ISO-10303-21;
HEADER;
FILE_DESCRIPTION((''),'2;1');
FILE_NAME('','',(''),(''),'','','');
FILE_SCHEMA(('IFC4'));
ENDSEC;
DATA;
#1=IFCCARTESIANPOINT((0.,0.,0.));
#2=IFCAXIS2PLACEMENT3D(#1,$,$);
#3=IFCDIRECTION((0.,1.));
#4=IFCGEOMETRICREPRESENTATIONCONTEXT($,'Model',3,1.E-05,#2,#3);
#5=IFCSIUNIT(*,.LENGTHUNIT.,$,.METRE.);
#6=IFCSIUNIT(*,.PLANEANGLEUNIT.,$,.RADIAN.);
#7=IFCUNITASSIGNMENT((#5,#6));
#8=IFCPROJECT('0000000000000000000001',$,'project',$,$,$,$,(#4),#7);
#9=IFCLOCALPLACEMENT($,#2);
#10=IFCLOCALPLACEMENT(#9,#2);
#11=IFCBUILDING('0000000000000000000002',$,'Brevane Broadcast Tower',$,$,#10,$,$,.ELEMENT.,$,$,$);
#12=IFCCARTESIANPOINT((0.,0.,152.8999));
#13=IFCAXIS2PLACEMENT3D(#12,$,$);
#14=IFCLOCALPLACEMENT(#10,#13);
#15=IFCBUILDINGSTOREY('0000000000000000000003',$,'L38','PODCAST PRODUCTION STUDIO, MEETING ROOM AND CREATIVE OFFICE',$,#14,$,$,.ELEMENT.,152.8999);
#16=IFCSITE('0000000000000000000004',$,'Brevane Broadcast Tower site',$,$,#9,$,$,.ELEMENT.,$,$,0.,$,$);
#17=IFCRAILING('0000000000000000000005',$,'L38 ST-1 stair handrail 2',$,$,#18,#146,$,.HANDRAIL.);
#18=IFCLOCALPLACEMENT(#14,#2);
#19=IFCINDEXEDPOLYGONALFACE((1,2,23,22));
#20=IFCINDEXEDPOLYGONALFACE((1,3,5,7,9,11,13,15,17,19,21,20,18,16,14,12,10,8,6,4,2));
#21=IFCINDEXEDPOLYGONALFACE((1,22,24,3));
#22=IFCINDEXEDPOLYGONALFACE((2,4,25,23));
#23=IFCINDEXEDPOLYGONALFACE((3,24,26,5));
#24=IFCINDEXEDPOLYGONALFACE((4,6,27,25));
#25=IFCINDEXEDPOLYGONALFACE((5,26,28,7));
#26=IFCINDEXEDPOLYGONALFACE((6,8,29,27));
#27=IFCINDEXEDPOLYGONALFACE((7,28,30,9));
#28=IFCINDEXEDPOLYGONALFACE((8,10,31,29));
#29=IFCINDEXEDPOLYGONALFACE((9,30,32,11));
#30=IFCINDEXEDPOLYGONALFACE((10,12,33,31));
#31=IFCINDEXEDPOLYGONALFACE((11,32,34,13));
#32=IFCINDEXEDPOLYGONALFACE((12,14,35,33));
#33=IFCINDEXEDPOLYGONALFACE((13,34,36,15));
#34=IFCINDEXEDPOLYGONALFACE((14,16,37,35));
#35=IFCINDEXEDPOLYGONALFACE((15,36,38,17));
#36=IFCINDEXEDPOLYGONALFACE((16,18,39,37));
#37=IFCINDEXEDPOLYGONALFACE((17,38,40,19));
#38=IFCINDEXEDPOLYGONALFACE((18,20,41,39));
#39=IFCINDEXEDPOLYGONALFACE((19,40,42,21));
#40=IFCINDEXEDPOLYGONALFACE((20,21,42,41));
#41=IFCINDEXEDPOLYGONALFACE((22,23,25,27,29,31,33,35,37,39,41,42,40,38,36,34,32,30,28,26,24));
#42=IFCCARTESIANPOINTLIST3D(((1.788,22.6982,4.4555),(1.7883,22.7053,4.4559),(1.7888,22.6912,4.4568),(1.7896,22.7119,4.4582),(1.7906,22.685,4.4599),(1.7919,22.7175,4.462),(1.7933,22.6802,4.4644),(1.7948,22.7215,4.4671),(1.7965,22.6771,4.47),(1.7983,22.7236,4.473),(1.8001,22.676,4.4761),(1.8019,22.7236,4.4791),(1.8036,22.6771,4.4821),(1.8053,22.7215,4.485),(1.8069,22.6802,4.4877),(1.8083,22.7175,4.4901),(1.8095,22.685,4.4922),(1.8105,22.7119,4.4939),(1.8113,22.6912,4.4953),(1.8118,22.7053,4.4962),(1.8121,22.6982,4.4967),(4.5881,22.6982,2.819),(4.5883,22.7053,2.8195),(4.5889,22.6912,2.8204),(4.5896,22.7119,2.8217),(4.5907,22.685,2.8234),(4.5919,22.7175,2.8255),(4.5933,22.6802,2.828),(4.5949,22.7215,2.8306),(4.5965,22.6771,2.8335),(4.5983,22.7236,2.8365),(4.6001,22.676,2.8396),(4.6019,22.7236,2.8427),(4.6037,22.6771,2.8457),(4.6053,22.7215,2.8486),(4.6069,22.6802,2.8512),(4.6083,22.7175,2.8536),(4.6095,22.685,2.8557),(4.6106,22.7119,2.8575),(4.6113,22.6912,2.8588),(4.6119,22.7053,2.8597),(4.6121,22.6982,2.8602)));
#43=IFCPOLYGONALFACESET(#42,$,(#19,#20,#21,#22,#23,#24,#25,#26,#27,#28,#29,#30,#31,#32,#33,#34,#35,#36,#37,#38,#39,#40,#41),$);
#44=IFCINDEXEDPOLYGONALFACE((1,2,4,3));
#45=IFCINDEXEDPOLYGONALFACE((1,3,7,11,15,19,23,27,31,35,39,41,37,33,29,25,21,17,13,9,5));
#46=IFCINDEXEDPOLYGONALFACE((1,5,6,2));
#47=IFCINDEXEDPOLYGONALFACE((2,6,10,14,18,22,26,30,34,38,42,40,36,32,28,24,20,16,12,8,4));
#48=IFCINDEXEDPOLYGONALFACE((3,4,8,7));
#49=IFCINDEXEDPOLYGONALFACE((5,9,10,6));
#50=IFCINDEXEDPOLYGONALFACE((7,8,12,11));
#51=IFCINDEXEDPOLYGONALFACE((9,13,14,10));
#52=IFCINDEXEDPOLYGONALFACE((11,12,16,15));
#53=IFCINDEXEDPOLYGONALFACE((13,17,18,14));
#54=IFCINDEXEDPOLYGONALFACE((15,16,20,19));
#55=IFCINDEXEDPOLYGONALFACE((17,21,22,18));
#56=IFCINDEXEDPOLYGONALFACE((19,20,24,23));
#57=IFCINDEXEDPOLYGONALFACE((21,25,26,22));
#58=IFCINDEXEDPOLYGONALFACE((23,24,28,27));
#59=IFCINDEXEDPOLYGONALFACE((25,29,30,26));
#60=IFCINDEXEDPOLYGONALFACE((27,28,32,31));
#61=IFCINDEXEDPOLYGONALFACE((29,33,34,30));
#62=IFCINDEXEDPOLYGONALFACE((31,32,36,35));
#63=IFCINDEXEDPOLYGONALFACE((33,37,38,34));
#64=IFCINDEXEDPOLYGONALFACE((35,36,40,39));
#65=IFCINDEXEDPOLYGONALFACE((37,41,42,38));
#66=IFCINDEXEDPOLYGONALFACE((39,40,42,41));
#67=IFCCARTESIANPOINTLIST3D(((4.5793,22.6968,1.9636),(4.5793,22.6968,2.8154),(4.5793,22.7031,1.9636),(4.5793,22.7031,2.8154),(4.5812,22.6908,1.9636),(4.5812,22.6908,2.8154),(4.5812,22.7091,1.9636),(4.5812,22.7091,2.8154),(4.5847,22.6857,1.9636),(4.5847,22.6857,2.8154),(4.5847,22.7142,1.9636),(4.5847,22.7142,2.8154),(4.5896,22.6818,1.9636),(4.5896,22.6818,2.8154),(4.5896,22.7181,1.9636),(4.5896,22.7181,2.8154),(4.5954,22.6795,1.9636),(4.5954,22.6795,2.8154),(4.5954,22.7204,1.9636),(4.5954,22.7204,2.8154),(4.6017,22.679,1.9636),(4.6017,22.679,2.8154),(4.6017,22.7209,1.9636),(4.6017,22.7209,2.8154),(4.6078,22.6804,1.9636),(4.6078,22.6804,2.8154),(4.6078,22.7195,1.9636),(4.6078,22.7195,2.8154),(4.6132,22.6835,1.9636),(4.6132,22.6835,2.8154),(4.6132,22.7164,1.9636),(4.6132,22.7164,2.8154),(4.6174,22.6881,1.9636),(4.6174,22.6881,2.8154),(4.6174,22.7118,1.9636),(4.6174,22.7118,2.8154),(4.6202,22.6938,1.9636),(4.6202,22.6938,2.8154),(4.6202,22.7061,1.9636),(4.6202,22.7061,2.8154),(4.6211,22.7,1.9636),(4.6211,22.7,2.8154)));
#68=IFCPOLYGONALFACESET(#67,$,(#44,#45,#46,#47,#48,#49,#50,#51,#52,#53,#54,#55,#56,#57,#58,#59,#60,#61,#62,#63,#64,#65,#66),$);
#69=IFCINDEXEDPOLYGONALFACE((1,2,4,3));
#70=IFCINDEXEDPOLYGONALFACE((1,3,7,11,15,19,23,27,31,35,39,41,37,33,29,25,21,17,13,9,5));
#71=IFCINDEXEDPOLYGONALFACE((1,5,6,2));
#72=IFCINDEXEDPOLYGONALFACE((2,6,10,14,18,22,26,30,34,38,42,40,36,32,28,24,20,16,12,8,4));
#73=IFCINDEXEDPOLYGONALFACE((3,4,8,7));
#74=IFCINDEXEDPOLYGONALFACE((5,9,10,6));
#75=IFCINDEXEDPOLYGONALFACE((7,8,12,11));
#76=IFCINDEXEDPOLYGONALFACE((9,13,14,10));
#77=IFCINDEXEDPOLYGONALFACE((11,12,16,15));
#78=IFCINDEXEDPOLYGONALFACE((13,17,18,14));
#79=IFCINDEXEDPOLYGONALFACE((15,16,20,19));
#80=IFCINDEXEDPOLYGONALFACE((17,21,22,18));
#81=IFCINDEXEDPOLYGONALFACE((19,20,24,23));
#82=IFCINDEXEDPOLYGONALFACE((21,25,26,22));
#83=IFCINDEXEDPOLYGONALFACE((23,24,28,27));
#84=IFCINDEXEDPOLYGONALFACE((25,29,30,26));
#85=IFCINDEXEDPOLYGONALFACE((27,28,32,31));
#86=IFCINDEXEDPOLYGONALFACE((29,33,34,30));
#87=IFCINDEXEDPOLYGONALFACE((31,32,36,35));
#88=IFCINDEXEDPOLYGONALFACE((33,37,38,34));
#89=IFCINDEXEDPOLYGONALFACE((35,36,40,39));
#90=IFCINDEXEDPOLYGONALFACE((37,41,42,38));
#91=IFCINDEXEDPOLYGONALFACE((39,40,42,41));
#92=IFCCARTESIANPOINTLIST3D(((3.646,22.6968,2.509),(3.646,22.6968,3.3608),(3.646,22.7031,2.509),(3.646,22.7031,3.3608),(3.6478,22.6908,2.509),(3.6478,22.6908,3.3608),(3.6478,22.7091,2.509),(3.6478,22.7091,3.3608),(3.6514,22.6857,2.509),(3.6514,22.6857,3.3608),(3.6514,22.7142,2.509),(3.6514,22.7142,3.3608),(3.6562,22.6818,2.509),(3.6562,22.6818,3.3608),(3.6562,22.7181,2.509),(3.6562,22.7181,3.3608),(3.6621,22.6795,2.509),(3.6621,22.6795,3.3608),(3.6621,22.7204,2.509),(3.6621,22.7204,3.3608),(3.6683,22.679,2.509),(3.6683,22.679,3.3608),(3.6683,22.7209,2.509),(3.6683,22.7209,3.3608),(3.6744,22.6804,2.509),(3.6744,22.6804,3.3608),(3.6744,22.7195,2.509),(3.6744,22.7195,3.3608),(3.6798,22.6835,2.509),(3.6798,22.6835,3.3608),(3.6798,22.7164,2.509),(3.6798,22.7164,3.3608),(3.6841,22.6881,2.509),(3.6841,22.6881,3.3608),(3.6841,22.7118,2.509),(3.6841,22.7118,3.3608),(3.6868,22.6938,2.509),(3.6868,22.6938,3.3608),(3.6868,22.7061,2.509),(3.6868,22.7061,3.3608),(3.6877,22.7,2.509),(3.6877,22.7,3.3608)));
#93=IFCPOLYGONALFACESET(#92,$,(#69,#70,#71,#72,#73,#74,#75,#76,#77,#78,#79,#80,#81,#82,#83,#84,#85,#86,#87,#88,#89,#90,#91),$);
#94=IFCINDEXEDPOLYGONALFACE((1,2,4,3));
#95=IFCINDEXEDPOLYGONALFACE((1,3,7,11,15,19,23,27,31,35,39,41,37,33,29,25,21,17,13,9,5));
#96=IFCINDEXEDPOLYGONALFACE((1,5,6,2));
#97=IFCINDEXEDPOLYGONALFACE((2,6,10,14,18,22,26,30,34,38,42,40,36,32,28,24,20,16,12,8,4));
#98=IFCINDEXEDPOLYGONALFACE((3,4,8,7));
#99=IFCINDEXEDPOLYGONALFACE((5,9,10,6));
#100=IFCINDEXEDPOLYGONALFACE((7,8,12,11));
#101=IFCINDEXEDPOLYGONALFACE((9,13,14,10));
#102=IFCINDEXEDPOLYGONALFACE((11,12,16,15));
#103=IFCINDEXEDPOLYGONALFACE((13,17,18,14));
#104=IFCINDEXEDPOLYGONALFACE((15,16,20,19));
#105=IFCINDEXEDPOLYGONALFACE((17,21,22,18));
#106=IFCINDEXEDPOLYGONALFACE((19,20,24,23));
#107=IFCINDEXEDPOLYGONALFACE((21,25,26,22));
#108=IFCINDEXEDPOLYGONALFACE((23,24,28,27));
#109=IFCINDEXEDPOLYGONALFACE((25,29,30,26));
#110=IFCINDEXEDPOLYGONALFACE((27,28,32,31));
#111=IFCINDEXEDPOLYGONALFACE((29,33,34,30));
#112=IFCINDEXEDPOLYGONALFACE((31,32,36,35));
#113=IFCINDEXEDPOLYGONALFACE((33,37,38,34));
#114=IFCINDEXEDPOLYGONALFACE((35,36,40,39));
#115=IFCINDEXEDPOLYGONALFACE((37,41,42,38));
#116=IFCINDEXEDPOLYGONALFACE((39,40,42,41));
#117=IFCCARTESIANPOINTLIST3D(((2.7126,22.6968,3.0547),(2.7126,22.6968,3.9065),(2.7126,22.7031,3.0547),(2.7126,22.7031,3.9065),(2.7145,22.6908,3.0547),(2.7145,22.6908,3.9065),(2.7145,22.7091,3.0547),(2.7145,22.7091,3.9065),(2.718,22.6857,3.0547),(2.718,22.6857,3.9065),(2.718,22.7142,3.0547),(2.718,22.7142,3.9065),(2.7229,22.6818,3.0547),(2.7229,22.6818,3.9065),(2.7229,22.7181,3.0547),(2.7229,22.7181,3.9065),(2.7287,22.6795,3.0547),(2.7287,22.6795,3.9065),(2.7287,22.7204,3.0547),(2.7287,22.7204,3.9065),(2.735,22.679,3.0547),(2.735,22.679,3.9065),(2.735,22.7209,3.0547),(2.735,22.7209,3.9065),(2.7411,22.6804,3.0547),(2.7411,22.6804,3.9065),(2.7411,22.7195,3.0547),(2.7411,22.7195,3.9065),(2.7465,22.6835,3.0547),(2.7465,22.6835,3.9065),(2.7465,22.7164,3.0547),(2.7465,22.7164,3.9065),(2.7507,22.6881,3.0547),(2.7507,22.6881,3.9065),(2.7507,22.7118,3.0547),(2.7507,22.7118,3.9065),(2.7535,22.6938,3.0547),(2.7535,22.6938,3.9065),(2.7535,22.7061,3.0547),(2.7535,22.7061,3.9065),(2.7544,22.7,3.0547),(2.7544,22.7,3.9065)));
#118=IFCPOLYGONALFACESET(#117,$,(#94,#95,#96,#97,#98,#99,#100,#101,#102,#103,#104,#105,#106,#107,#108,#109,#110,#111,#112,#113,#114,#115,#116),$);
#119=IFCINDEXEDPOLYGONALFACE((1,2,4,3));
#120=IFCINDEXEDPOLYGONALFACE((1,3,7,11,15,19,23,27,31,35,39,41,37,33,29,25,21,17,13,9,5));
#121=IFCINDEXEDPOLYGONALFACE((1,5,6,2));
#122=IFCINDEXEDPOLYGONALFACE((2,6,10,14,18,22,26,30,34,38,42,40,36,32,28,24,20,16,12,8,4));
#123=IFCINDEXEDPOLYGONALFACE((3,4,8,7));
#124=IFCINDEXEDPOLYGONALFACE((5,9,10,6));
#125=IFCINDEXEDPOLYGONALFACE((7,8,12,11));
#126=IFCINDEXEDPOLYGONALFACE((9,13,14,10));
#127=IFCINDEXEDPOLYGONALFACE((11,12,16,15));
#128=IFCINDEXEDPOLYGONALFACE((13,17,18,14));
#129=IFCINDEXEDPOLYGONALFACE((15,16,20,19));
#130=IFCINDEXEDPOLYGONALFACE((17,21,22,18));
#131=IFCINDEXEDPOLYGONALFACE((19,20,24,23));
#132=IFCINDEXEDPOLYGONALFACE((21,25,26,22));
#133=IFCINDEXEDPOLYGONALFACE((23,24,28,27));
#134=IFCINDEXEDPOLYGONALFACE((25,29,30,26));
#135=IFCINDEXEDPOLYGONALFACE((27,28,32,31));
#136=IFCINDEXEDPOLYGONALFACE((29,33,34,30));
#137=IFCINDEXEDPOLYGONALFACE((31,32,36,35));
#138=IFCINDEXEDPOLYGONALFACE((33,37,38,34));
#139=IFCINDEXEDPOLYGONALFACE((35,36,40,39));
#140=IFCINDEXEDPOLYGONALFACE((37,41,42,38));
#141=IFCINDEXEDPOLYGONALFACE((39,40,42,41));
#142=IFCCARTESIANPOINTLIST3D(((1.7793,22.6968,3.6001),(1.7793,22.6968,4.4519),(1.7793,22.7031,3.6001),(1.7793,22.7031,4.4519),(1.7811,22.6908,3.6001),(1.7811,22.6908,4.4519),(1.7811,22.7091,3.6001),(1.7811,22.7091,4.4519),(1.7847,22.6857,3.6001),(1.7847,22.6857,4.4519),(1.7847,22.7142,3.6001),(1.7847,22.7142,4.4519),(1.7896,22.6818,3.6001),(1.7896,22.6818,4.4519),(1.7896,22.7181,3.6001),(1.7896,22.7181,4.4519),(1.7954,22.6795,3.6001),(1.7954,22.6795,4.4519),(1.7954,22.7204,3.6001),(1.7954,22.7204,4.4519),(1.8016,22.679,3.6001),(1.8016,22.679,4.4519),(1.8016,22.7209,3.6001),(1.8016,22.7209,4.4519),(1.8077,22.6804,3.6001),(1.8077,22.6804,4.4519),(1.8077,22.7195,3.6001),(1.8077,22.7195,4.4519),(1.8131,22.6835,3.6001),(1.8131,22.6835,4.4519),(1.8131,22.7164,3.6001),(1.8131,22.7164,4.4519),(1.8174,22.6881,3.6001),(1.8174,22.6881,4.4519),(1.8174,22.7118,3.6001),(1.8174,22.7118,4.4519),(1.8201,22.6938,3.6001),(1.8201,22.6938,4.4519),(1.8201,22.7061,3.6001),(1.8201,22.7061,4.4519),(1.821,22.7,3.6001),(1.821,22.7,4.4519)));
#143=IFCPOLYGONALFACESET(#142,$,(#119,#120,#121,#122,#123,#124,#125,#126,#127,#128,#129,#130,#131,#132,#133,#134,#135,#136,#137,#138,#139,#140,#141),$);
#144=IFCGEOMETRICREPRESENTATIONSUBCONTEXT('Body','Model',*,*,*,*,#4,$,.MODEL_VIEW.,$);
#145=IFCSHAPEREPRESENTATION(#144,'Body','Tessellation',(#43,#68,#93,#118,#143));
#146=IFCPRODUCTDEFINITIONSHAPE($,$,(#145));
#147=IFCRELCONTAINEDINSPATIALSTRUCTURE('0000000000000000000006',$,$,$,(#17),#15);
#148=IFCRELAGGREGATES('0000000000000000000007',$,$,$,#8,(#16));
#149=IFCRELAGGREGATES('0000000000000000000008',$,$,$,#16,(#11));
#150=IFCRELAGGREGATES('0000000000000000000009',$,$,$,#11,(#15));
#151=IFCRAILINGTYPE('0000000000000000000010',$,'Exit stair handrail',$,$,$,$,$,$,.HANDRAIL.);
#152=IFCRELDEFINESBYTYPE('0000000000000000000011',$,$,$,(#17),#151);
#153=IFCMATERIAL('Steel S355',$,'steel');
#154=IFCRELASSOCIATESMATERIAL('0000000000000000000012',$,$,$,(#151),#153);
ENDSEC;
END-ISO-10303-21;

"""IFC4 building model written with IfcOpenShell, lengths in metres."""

from ifc_helpers import new_model, si_unit, direction, frame, origin, origin_2d, place, context, subcontext, project, spatial, circle, extrude, material, type_object, element, save


model = new_model("IFC4")

# Units and contexts
model_context = context("Model", 3, precision=1e-05, world=origin(), true_north=direction((0.0, 1.0)))
body_context = subcontext(model_context, "Body", "Model", "MODEL_VIEW")
ifc_project = project(units=[si_unit("LENGTHUNIT", "METRE"), si_unit("PLANEANGLEUNIT", "RADIAN")], contexts=[model_context])

# Site, building, storey
site_placement = place(None, origin())
site = spatial("IfcSite", under=ifc_project, at=site_placement, Name="Brevane Broadcast Tower site", CompositionType="ELEMENT", RefElevation=0.0)
building_placement = place(site_placement, origin())
building = spatial("IfcBuilding", under=site, at=building_placement, Name="Brevane Broadcast Tower", CompositionType="ELEMENT")
storey_placement = place(building_placement, frame((0.0, 0.0, 152.8999)))
storey = spatial("IfcBuildingStorey", under=building, at=storey_placement, Name="L38", Description="PODCAST PRODUCTION STUDIO, MEETING ROOM AND CREATIVE OFFICE", CompositionType="ELEMENT", Elevation=152.8999)

# Railing
ifc_material_1 = material(Name="Steel S355", Category="steel")
railing_type_1 = type_object("IfcRailingType", Name="Exit stair handrail", PredefinedType="HANDRAIL", material=ifc_material_1)
railing_1_placement = place(storey_placement, frame((4.6001, 22.7, 1.9636)))
element("IfcRailing", 1, at=railing_1_placement, inside=storey, type_object=railing_type_1, Name="L38 ST-1 stair handrail 2", PredefinedType="HANDRAIL", context=body_context, shape_type="SweptSolid", body=[
    extrude(circle(Radius=0.0239, at=origin_2d()), frame((0.0, 0.0, 0.876), z_axis=(-0.863361, 0.0, 0.504587), x_axis=(0.0, -1.0, 0.0)), (0.0, 0.0, 1.0), 3.2432),
    extrude(circle(Radius=0.021, at=origin_2d()), origin(), (0.0, 0.0, 1.0), 0.8518),
    extrude(circle(Radius=0.021, at=origin_2d()), frame((-0.9333, 0.0, 0.5454)), (0.0, 0.0, 1.0), 0.8518),
    extrude(circle(Radius=0.021, at=origin_2d()), frame((-1.8667, 0.0, 1.0911)), (0.0, 0.0, 1.0), 0.8518),
    extrude(circle(Radius=0.021, at=origin_2d()), frame((-2.8, 0.0, 1.6365)), (0.0, 0.0, 1.0), 0.8518),
])

save(model, "model.ifc")
